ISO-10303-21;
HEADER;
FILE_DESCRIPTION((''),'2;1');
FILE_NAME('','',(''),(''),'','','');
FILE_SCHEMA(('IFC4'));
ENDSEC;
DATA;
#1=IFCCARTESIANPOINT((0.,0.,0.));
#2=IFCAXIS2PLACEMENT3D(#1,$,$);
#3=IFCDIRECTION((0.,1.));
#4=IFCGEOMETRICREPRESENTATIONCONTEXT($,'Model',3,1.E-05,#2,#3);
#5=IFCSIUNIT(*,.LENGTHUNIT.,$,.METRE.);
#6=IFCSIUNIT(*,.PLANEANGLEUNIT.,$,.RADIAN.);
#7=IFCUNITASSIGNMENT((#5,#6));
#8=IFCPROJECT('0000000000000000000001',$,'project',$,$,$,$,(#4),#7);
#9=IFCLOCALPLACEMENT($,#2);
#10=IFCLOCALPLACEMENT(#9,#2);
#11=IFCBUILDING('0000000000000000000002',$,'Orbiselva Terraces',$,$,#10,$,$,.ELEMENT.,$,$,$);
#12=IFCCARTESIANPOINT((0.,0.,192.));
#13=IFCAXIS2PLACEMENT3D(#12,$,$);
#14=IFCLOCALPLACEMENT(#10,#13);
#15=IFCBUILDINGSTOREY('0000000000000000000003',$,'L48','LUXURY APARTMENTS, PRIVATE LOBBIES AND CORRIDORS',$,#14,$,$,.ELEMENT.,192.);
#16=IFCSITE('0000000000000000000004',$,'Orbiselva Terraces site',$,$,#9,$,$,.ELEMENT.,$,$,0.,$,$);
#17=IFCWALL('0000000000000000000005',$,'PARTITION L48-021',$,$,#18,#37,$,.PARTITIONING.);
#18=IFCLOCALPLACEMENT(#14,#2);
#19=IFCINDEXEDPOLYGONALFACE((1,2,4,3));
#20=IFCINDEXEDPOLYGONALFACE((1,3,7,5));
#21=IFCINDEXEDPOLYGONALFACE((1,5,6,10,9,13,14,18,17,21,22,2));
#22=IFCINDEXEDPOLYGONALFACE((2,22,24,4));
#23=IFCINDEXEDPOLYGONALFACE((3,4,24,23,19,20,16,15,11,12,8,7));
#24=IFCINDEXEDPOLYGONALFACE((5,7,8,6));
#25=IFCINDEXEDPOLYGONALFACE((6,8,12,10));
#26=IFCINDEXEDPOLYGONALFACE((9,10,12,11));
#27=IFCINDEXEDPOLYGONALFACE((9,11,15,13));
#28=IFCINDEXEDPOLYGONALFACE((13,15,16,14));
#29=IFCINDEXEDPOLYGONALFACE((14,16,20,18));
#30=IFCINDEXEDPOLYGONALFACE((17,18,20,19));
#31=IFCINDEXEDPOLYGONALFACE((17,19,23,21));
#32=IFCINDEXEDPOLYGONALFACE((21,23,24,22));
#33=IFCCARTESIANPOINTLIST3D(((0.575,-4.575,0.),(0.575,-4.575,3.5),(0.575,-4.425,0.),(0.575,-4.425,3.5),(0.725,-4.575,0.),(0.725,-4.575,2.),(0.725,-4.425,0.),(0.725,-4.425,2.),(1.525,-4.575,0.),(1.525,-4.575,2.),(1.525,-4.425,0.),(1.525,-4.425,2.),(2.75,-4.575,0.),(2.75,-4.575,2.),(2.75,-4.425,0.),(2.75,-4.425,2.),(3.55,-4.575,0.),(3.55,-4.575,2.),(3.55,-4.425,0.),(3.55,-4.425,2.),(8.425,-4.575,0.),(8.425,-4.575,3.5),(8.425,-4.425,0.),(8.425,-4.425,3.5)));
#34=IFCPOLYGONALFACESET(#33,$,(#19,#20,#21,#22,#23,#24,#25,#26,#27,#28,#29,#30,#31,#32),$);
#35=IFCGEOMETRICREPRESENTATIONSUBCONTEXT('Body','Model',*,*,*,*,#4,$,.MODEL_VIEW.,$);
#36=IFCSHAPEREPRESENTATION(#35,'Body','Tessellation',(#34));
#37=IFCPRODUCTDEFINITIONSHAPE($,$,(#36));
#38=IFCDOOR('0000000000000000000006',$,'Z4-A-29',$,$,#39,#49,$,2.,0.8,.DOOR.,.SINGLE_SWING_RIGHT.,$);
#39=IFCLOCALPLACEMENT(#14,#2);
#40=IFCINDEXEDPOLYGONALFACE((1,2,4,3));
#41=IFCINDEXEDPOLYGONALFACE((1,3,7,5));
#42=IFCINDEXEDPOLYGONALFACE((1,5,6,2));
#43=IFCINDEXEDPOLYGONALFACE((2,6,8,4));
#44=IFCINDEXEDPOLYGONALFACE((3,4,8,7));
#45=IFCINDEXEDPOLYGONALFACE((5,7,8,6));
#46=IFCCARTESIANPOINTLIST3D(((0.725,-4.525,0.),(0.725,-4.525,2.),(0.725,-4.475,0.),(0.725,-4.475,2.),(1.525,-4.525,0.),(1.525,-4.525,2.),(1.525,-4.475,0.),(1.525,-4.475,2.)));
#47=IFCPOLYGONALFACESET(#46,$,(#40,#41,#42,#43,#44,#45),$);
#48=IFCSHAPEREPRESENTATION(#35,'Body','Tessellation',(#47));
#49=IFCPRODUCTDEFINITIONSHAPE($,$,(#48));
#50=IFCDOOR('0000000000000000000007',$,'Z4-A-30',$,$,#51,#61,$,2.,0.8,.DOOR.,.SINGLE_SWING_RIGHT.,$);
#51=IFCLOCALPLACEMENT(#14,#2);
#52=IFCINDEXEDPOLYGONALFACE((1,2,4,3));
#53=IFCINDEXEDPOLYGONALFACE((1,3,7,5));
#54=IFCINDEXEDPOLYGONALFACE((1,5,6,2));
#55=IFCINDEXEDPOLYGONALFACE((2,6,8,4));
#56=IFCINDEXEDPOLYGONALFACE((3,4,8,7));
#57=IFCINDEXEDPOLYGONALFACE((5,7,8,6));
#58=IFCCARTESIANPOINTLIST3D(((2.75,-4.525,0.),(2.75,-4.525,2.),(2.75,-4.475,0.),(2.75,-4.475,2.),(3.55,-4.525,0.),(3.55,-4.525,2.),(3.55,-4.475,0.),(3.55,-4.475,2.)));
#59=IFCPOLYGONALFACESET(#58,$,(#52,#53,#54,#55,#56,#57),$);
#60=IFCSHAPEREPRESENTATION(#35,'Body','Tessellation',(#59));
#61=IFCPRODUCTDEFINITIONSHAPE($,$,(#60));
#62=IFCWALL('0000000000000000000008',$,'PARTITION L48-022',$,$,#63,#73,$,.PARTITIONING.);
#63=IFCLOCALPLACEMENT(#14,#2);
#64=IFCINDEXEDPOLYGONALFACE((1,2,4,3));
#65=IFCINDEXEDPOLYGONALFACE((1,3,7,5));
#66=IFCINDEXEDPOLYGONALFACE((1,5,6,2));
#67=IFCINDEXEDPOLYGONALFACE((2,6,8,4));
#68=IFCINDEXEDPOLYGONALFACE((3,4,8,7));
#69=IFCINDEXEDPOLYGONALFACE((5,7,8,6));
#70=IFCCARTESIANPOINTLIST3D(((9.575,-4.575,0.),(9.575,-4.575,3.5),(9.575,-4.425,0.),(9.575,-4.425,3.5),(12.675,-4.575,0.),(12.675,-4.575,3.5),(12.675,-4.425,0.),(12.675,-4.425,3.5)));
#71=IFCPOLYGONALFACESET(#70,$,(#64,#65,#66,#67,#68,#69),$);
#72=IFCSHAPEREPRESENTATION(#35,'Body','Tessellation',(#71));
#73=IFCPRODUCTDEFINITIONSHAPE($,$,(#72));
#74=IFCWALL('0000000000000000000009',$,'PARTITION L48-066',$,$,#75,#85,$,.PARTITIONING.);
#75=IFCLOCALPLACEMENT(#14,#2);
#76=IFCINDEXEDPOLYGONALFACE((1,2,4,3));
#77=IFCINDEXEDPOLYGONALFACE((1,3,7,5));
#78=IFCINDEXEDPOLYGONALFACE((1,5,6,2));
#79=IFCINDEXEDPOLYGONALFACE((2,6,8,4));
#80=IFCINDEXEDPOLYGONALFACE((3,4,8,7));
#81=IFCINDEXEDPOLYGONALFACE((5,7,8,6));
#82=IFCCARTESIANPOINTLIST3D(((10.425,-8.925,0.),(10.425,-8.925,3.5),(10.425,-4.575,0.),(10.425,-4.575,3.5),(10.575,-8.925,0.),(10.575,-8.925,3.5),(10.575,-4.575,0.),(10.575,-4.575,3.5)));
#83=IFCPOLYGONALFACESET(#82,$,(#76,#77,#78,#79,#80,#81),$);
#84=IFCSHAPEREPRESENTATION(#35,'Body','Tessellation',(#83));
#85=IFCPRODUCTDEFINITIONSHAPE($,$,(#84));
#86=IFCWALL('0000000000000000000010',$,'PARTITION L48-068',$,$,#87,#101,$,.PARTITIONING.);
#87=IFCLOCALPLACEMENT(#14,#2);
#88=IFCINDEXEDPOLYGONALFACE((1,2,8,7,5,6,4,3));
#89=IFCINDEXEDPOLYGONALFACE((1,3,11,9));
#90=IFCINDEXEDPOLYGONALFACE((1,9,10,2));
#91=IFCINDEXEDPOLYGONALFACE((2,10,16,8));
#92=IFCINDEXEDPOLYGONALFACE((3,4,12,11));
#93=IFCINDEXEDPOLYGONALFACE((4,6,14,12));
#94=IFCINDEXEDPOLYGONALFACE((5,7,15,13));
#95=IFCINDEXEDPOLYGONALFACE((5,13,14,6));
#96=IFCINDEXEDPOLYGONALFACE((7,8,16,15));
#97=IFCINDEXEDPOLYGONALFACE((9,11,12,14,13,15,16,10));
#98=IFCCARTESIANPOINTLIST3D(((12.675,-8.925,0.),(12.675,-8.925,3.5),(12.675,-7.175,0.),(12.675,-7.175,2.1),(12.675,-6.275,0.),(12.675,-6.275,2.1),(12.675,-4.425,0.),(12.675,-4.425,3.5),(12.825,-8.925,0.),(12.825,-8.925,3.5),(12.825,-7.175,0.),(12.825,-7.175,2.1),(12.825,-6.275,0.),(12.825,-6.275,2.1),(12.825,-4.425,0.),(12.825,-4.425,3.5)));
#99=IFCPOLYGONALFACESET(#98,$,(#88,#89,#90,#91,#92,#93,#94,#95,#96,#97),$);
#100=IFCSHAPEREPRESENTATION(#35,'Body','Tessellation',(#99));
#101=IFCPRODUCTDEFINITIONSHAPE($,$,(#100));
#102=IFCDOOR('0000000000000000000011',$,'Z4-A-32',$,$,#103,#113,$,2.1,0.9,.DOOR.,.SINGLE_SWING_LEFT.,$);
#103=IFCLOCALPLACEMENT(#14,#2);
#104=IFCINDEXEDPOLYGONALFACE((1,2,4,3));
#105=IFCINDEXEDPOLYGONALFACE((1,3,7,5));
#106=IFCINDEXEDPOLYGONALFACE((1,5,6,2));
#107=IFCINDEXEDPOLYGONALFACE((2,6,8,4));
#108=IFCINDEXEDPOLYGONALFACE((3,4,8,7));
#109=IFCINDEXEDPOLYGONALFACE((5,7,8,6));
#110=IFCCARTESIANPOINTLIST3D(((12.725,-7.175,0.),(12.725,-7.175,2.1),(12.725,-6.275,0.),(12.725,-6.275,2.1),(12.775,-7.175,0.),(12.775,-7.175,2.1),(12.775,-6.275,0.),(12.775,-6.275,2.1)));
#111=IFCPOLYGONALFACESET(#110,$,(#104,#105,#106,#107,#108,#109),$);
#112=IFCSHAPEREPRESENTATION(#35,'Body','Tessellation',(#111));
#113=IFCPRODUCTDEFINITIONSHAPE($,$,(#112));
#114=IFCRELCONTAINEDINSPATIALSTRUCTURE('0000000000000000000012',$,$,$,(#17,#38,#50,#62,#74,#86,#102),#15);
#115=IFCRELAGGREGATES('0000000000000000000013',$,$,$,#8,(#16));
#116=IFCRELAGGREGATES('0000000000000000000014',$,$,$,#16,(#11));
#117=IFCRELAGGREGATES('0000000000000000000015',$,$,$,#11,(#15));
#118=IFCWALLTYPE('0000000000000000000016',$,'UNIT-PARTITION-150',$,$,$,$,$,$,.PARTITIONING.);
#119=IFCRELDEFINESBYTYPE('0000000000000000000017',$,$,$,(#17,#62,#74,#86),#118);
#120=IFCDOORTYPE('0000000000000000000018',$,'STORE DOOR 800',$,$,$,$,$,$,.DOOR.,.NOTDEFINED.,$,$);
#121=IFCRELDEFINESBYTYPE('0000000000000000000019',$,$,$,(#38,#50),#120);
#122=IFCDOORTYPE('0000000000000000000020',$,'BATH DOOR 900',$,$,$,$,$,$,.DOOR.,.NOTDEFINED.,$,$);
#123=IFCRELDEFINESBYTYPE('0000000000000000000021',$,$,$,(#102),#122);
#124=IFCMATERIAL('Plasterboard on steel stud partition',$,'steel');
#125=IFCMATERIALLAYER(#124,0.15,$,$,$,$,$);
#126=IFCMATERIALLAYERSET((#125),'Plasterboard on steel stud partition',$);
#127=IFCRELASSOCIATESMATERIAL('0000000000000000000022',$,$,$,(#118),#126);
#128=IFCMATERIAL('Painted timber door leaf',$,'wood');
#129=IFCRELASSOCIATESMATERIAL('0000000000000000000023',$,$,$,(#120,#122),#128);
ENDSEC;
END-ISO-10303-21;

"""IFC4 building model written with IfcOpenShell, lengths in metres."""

from ifc_helpers import new_model, si_unit, direction, frame, frame_2d, origin, place, context, subcontext, project, spatial, rectangle, extrude, material, layer, layer_set, type_object, element, fill, save


model = new_model("IFC4")

# Units and contexts
model_context = context("Model", 3, precision=1e-05, world=origin(), true_north=direction((0.0, 1.0)))
body_context = subcontext(model_context, "Body", "Model", "MODEL_VIEW")
ifc_project = project(units=[si_unit("LENGTHUNIT", "METRE"), si_unit("PLANEANGLEUNIT", "RADIAN")], contexts=[model_context])

# Site, building, storey
site_placement = place(None, origin())
site = spatial("IfcSite", under=ifc_project, at=site_placement, Name="Orbiselva Terraces site", CompositionType="ELEMENT", RefElevation=0.0)
building_placement = place(site_placement, origin())
building = spatial("IfcBuilding", under=site, at=building_placement, Name="Orbiselva Terraces", CompositionType="ELEMENT")
storey_placement = place(building_placement, frame((0.0, 0.0, 192.0)))
storey = spatial("IfcBuildingStorey", under=building, at=storey_placement, Name="L48", Description="LUXURY APARTMENTS, PRIVATE LOBBIES AND CORRIDORS", CompositionType="ELEMENT", Elevation=192.0)

# Shared definitions
ifc_material_1 = material(Name="Plasterboard on steel stud partition", Category="steel")

# Wall, openings, doors
ifc_layer_1 = layer(ifc_material_1, 0.15)
ifc_layer_set_1 = layer_set([ifc_layer_1], Name="Plasterboard on steel stud partition")
wall_type_1 = type_object("IfcWallType", Name="UNIT-PARTITION-150", PredefinedType="PARTITIONING", material=ifc_layer_set_1)
wall_1_placement = place(storey_placement, frame((8.425, -4.5, 0.0), z_axis=(0.0, 0.0, 1.0), x_axis=(-1.0, 0.0, 0.0)))
wall_1 = element("IfcWall", 1, at=wall_1_placement, inside=storey, type_object=wall_type_1, Name="PARTITION L48-021", PredefinedType="PARTITIONING", context=body_context, shape_type="SweptSolid", body=[
    extrude(rectangle(XDim=7.85, YDim=0.15, at=frame_2d((3.925, 0.0))), origin(), (0.0, 0.0, 1.0), 3.5),
])
opening_1_placement = place(wall_1_placement, frame((6.9, 0.0, 0.0)))
opening_1 = element("IfcOpeningElement", 2, at=opening_1_placement, cuts=wall_1, PredefinedType="OPENING", context=body_context, shape_type="SweptSolid", body=[
    extrude(rectangle(XDim=0.8, YDim=2.0, at=frame_2d((0.4, 1.0))), frame((0.0, 0.085, 0.0), z_axis=(0.0, -1.0, 0.0), x_axis=(1.0, 0.0, 0.0)), (0.0, 0.0, 1.0), 0.17),
])
opening_2_placement = place(wall_1_placement, frame((4.875, 0.0, 0.0)))
opening_2 = element("IfcOpeningElement", 3, at=opening_2_placement, cuts=wall_1, PredefinedType="OPENING", context=body_context, shape_type="SweptSolid", body=[
    extrude(rectangle(XDim=0.8, YDim=2.0, at=frame_2d((0.4, 1.0))), frame((0.0, 0.085, 0.0), z_axis=(0.0, -1.0, 0.0), x_axis=(1.0, 0.0, 0.0)), (0.0, 0.0, 1.0), 0.17),
])
ifc_material_2 = material(Name="Painted timber door leaf", Category="wood")
door_type_1 = type_object("IfcDoorType", Name="STORE DOOR 800", OperationType="NOTDEFINED", PredefinedType="DOOR", material=ifc_material_2)
door_1_placement = place(opening_1_placement, origin())
door_1 = element("IfcDoor", 4, at=door_1_placement, inside=storey, type_object=door_type_1, Name="Z4-A-29", OperationType="SINGLE_SWING_RIGHT", OverallHeight=2.0, OverallWidth=0.8, PredefinedType="DOOR", context=body_context, shape_type="SweptSolid", body=[
    extrude(rectangle(XDim=0.8, YDim=2.0, at=frame_2d((0.4, 1.0))), frame((0.0, 0.025, 0.0), z_axis=(0.0, -1.0, 0.0), x_axis=(1.0, 0.0, 0.0)), (0.0, 0.0, 1.0), 0.05),
])
fill(opening_1, door_1)
door_2_placement = place(opening_2_placement, origin())
door_2 = element("IfcDoor", 5, at=door_2_placement, inside=storey, type_object=door_type_1, Name="Z4-A-30", OperationType="SINGLE_SWING_RIGHT", OverallHeight=2.0, OverallWidth=0.8, PredefinedType="DOOR", context=body_context, shape_type="SweptSolid", body=[
    extrude(rectangle(XDim=0.8, YDim=2.0, at=frame_2d((0.4, 1.0))), frame((0.0, 0.025, 0.0), z_axis=(0.0, -1.0, 0.0), x_axis=(1.0, 0.0, 0.0)), (0.0, 0.0, 1.0), 0.05),
])
fill(opening_2, door_2)

# Walls
wall_2_placement = place(storey_placement, frame((9.575, -4.5, 0.0), z_axis=(0.0, 0.0, 1.0), x_axis=(1.0, 0.0, 0.0)))
element("IfcWall", 6, at=wall_2_placement, inside=storey, type_object=wall_type_1, Name="PARTITION L48-022", PredefinedType="PARTITIONING", context=body_context, shape_type="SweptSolid", body=[
    extrude(rectangle(XDim=3.1, YDim=0.15, at=frame_2d((1.55, 0.0))), origin(), (0.0, 0.0, 1.0), 3.5),
])
wall_3_placement = place(storey_placement, frame((10.5, -8.925, 0.0), z_axis=(0.0, 0.0, 1.0), x_axis=(0.0, 1.0, 0.0)))
element("IfcWall", 7, at=wall_3_placement, inside=storey, type_object=wall_type_1, Name="PARTITION L48-066", PredefinedType="PARTITIONING", context=body_context, shape_type="SweptSolid", body=[
    extrude(rectangle(XDim=4.35, YDim=0.15, at=frame_2d((2.175, 0.0))), origin(), (0.0, 0.0, 1.0), 3.5),
])

# Wall, opening, door
wall_4_placement = place(storey_placement, frame((12.75, -8.925, 0.0), z_axis=(0.0, 0.0, 1.0), x_axis=(0.0, 1.0, 0.0)))
wall_4 = element("IfcWall", 8, at=wall_4_placement, inside=storey, type_object=wall_type_1, Name="PARTITION L48-068", PredefinedType="PARTITIONING", context=body_context, shape_type="SweptSolid", body=[
    extrude(rectangle(XDim=4.5, YDim=0.15, at=frame_2d((2.25, 0.0))), origin(), (0.0, 0.0, 1.0), 3.5),
])
opening_3_placement = place(wall_4_placement, frame((1.75, 0.0, 0.0)))
opening_3 = element("IfcOpeningElement", 9, at=opening_3_placement, cuts=wall_4, PredefinedType="OPENING", context=body_context, shape_type="SweptSolid", body=[
    extrude(rectangle(XDim=0.9, YDim=2.1, at=frame_2d((0.45, 1.05))), frame((0.0, 0.085, 0.0), z_axis=(0.0, -1.0, 0.0), x_axis=(1.0, 0.0, 0.0)), (0.0, 0.0, 1.0), 0.17),
])
door_type_2 = type_object("IfcDoorType", Name="BATH DOOR 900", OperationType="NOTDEFINED", PredefinedType="DOOR", material=ifc_material_2)
door_3_placement = place(opening_3_placement, origin())
door_3 = element("IfcDoor", 10, at=door_3_placement, inside=storey, type_object=door_type_2, Name="Z4-A-32", OperationType="SINGLE_SWING_LEFT", OverallHeight=2.1, OverallWidth=0.9, PredefinedType="DOOR", context=body_context, shape_type="SweptSolid", body=[
    extrude(rectangle(XDim=0.9, YDim=2.1, at=frame_2d((0.45, 1.05))), frame((0.0, 0.025, 0.0), z_axis=(0.0, -1.0, 0.0), x_axis=(1.0, 0.0, 0.0)), (0.0, 0.0, 1.0), 0.05),
])
fill(opening_3, door_3)

save(model, "model.ifc")
